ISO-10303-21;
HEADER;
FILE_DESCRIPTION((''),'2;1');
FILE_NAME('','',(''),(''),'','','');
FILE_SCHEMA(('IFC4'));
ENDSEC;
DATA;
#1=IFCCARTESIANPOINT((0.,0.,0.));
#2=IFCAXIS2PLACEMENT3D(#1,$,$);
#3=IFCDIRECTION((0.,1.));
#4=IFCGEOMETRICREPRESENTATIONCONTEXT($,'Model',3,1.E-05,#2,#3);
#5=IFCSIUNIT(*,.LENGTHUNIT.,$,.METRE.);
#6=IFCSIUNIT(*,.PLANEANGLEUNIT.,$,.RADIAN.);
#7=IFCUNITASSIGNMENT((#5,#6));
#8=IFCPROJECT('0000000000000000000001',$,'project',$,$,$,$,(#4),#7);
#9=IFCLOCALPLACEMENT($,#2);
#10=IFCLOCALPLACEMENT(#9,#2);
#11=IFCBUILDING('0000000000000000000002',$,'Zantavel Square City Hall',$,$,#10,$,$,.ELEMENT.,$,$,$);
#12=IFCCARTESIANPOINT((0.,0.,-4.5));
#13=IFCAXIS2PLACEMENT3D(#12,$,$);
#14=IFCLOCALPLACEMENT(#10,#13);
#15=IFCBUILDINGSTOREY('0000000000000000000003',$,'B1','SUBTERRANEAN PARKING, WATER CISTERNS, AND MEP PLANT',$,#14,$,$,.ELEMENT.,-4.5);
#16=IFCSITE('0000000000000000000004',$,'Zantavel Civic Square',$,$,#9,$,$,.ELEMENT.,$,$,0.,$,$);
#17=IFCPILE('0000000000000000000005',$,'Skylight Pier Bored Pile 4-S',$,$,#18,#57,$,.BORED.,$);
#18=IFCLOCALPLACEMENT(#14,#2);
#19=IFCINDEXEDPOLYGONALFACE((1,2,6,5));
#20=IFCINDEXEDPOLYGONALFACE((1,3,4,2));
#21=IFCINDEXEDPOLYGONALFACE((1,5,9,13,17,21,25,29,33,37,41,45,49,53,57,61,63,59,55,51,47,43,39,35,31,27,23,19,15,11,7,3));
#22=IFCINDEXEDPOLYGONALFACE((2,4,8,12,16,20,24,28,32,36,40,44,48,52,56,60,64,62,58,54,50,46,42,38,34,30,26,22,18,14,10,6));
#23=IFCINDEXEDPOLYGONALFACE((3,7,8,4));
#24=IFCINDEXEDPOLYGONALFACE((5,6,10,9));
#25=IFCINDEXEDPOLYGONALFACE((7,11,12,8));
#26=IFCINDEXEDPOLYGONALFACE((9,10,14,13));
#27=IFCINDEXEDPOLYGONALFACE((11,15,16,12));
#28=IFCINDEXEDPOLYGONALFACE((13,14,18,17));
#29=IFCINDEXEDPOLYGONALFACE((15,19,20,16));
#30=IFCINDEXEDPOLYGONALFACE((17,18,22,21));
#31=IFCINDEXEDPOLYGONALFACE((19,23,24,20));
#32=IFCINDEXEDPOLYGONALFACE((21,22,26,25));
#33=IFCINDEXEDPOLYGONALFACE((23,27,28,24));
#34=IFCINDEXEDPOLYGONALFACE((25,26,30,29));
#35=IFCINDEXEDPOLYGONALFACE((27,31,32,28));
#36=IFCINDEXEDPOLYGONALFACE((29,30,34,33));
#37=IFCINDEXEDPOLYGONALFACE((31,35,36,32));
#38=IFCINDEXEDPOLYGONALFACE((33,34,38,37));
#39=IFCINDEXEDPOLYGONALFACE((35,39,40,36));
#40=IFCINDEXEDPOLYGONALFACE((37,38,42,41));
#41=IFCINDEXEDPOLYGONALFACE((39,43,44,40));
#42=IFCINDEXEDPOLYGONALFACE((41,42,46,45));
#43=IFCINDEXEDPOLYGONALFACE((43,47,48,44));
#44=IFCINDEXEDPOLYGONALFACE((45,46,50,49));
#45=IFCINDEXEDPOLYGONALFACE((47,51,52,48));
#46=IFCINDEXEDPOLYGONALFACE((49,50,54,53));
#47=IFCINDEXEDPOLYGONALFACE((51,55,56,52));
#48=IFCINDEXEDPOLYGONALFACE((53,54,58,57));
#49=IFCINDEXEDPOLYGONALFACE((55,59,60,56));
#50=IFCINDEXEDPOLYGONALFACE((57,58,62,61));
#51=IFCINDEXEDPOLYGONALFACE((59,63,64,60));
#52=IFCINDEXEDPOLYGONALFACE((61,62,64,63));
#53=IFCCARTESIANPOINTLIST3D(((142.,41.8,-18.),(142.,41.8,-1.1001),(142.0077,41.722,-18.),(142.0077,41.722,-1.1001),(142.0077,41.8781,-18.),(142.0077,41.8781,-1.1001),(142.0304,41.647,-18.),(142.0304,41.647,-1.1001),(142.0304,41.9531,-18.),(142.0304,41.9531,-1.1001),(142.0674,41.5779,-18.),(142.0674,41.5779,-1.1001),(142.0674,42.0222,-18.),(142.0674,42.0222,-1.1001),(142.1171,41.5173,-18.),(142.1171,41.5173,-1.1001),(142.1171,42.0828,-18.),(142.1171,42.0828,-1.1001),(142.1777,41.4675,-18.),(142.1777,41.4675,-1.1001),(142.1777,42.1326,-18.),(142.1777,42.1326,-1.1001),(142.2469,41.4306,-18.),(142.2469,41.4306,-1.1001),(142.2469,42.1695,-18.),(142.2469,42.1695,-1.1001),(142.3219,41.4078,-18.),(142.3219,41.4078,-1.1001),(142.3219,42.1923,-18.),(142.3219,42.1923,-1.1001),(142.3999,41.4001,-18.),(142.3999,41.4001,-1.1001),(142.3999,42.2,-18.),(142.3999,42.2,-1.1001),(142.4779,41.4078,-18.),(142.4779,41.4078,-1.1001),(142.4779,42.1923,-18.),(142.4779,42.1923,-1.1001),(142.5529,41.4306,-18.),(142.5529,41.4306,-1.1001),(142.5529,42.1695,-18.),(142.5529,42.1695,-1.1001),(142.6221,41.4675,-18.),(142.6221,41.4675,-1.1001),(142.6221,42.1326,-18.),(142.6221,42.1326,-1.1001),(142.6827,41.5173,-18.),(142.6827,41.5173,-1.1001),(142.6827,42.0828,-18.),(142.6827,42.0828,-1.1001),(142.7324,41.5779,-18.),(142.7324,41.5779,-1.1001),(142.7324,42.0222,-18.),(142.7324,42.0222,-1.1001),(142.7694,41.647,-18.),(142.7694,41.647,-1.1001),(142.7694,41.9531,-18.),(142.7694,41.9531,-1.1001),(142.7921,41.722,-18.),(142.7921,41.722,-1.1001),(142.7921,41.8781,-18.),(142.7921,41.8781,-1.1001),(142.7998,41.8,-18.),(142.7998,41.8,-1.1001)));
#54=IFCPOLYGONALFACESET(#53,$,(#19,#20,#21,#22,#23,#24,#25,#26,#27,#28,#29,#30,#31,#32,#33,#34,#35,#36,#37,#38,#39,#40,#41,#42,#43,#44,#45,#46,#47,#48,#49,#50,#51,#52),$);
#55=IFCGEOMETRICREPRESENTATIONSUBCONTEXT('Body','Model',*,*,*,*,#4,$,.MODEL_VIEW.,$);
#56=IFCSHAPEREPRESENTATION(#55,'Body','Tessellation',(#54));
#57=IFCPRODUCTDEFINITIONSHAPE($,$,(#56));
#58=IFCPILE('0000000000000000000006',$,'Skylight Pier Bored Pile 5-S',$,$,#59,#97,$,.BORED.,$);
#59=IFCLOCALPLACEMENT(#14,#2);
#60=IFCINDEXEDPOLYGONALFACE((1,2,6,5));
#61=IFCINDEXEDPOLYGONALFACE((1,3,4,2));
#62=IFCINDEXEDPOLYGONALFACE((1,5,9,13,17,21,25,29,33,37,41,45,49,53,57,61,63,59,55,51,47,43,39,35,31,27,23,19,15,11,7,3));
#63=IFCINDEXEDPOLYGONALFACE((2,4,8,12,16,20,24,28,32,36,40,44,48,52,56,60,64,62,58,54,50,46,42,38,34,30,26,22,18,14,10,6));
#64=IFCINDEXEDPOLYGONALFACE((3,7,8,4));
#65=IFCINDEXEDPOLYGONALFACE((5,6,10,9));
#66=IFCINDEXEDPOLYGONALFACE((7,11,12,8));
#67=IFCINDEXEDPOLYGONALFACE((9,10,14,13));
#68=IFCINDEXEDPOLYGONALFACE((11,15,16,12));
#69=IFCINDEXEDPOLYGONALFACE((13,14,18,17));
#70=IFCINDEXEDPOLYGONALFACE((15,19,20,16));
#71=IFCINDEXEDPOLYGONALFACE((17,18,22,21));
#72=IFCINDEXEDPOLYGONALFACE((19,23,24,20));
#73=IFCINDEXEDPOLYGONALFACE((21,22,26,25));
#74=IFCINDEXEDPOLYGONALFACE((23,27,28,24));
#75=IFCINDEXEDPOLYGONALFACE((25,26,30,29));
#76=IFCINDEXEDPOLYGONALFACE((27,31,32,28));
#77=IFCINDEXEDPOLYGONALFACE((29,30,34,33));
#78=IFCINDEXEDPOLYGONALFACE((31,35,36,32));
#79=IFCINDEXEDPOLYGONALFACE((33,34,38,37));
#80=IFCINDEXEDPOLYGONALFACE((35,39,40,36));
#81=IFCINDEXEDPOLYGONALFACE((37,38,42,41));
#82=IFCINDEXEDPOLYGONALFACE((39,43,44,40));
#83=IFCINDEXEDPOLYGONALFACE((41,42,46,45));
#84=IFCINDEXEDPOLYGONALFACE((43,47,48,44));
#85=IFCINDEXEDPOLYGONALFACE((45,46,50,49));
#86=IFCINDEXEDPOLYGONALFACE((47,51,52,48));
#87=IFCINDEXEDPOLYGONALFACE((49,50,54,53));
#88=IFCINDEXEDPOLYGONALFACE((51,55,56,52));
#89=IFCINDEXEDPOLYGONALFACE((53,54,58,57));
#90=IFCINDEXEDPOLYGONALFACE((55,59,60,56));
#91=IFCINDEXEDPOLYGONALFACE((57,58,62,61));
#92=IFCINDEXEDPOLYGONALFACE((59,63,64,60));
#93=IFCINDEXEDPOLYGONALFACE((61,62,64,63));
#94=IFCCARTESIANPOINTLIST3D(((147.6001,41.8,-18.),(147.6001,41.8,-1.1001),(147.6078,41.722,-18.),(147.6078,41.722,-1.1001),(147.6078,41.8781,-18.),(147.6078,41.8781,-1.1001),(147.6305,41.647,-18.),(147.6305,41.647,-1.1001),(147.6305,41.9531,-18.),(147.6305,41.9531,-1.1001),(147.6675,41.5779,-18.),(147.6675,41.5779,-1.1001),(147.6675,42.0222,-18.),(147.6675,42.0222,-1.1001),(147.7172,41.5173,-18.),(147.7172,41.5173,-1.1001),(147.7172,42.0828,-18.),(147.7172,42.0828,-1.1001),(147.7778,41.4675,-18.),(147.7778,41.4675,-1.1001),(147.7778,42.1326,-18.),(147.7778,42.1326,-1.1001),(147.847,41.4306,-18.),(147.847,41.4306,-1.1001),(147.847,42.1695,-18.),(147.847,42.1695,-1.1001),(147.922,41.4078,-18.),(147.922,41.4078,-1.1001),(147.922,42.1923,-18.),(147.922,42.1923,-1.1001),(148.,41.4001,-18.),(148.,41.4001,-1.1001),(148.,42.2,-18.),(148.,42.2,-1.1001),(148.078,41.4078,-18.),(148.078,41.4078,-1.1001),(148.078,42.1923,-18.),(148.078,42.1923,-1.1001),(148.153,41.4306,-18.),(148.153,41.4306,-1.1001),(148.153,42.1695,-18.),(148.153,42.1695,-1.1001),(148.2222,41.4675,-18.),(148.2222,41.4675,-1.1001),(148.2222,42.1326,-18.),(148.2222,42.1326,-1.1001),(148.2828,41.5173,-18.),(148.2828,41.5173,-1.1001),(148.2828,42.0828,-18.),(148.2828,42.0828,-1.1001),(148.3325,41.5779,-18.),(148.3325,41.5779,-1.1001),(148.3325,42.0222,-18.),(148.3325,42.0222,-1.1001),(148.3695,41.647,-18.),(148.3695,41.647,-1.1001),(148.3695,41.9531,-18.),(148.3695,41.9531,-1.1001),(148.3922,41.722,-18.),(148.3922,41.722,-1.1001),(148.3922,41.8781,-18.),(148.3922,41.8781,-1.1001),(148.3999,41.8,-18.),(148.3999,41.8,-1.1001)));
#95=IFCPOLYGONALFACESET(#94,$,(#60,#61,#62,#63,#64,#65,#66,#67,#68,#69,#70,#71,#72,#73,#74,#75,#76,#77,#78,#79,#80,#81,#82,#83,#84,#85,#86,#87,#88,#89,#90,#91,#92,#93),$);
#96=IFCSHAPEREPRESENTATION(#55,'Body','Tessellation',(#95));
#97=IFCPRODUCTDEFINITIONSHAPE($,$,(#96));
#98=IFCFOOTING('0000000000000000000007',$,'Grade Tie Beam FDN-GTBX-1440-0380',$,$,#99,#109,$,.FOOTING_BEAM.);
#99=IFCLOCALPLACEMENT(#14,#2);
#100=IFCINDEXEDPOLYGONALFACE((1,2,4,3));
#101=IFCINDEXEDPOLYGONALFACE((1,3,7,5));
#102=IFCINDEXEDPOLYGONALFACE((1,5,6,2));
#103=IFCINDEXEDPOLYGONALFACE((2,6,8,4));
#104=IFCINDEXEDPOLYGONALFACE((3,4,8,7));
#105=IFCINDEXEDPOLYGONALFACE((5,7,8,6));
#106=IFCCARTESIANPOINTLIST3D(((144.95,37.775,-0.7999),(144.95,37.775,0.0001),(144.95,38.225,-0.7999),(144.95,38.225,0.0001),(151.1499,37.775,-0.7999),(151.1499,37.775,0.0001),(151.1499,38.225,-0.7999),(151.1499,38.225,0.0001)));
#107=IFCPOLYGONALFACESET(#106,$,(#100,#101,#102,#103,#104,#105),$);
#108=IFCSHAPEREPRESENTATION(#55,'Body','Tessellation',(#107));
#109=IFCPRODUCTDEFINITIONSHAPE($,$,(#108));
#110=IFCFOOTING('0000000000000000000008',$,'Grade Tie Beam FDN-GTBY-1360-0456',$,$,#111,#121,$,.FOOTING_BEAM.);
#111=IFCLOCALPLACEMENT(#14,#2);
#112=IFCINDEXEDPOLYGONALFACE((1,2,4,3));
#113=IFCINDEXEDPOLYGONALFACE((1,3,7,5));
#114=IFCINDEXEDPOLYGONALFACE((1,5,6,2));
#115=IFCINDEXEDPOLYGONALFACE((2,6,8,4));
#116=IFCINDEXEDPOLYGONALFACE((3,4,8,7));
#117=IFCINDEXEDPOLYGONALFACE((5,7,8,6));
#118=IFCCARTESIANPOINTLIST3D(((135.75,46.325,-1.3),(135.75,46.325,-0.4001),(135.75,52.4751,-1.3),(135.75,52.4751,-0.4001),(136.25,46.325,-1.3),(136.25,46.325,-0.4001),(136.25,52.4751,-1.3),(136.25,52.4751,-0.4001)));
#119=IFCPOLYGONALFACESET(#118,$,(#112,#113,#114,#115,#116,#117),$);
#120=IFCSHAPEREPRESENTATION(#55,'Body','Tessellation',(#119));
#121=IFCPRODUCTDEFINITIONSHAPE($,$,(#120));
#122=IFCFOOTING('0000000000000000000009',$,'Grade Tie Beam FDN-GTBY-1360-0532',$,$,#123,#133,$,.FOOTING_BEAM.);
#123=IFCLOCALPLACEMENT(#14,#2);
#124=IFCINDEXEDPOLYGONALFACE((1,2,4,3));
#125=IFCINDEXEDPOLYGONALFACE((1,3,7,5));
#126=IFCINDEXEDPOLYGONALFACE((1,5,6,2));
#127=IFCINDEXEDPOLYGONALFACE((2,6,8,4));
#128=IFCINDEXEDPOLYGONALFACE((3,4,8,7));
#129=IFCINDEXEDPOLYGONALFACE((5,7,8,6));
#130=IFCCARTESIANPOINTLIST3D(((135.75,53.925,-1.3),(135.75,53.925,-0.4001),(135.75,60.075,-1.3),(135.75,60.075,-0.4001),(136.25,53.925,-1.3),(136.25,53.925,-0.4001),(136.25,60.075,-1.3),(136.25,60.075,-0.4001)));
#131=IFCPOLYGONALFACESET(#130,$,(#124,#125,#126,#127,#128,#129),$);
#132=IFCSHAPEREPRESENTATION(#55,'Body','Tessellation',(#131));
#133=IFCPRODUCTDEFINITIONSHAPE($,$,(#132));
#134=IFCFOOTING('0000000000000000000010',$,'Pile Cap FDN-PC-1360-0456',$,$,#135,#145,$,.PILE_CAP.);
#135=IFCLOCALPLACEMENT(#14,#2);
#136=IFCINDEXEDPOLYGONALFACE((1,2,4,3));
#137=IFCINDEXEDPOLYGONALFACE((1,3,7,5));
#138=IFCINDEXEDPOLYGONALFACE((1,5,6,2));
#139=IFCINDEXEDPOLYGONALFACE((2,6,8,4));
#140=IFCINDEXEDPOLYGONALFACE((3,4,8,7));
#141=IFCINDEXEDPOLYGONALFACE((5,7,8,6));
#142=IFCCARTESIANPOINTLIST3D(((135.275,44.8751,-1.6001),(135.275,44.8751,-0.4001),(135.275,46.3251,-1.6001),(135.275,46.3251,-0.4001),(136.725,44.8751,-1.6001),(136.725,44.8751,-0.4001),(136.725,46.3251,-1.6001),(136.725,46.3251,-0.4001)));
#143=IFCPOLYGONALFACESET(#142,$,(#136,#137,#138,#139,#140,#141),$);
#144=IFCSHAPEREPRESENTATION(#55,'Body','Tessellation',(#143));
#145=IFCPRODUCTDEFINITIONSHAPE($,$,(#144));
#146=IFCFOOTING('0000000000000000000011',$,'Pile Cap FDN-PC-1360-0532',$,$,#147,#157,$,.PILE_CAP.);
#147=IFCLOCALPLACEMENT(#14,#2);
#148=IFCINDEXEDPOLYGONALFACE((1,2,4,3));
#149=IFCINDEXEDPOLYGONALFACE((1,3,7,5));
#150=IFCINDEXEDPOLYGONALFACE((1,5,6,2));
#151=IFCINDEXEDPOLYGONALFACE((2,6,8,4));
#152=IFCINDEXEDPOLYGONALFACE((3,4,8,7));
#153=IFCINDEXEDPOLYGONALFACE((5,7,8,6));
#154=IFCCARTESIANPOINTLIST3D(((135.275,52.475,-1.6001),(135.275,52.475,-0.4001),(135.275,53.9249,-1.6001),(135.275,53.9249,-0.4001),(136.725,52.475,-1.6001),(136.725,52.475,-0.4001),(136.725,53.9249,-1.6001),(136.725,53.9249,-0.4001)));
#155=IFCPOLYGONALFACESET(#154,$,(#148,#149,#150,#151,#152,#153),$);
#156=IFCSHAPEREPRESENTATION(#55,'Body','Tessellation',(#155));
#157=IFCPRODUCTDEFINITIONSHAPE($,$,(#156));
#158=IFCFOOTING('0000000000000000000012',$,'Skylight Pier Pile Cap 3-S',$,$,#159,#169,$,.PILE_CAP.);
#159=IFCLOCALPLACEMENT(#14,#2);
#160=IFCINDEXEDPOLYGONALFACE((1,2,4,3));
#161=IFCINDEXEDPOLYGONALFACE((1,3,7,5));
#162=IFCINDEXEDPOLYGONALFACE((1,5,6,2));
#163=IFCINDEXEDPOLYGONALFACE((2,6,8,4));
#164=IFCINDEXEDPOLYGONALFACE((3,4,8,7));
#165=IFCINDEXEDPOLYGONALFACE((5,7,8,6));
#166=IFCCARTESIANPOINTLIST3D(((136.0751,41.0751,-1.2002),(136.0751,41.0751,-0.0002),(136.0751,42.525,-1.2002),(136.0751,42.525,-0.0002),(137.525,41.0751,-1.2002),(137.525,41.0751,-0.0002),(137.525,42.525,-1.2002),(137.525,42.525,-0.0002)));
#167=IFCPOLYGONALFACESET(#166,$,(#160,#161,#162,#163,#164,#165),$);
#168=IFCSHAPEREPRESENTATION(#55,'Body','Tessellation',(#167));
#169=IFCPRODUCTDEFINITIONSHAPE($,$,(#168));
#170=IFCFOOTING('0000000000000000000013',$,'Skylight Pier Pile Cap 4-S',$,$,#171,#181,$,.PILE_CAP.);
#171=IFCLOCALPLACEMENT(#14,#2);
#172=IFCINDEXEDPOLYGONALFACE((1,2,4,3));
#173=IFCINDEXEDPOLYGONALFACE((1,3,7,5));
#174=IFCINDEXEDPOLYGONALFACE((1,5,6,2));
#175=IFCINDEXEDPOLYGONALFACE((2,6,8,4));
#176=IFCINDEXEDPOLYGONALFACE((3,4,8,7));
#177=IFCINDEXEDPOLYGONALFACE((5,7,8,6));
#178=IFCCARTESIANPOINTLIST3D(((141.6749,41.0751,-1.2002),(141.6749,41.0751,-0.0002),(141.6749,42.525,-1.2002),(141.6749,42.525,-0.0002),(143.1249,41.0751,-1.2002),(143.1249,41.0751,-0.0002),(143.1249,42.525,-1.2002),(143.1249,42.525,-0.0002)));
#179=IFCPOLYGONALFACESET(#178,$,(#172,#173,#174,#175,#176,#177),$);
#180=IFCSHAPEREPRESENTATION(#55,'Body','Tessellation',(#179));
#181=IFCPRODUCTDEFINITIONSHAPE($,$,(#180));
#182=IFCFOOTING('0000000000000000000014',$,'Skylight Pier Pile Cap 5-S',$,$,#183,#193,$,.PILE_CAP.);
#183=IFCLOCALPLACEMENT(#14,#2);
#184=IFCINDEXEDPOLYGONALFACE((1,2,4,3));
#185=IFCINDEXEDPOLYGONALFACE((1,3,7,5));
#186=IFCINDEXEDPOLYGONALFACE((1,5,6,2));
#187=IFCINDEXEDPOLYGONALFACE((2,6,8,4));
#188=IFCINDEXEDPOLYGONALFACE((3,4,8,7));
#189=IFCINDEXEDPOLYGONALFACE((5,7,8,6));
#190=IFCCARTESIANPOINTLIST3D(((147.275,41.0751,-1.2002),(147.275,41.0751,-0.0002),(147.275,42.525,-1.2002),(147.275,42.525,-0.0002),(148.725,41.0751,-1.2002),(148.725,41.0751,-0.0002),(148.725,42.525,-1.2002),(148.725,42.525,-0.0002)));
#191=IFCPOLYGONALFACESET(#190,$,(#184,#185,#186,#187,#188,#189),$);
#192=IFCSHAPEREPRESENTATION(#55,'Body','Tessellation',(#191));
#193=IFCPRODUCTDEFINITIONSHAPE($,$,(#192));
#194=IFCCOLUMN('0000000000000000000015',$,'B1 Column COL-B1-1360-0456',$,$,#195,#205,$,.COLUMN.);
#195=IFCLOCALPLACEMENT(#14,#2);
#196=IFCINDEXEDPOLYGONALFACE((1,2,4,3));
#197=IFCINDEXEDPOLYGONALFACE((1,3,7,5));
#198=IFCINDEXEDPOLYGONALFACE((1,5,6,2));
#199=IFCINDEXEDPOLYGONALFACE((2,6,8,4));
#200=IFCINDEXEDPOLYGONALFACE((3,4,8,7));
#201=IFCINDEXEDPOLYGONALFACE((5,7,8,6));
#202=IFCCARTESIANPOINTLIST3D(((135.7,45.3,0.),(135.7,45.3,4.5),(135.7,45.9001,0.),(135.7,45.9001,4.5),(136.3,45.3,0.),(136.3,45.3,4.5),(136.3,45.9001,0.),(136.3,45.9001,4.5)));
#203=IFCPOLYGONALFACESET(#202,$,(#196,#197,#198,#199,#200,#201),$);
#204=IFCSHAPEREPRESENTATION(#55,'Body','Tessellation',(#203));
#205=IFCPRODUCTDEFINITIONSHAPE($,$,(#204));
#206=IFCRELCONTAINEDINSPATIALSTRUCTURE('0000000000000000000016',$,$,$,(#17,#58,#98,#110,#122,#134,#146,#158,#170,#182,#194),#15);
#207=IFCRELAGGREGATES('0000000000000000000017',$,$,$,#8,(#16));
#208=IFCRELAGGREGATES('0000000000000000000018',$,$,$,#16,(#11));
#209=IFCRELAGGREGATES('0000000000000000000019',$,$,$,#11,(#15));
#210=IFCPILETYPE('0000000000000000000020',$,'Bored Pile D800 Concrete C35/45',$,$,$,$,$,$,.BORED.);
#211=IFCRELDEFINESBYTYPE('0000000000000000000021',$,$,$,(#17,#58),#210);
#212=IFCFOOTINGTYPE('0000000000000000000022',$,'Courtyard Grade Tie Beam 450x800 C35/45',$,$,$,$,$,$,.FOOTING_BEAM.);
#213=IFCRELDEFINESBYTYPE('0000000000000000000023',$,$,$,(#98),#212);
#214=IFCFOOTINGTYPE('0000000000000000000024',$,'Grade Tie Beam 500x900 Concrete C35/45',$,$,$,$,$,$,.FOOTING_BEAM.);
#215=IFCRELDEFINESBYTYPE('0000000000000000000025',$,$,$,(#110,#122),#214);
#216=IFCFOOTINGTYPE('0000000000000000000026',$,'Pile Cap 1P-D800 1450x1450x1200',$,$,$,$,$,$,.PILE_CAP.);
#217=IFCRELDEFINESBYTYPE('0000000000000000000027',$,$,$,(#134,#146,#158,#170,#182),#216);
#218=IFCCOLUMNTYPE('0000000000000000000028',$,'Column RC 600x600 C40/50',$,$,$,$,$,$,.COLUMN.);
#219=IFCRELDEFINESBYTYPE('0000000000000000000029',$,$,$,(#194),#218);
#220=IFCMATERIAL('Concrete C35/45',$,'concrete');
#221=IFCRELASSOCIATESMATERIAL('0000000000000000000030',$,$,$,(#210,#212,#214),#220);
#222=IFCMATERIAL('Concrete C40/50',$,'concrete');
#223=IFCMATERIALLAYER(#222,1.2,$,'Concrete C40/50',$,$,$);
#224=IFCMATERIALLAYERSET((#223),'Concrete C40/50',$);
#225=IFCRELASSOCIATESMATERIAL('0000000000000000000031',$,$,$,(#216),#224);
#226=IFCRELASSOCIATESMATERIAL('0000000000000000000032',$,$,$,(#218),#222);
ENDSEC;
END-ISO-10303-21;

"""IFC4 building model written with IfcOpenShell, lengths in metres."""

from ifc_helpers import new_model, si_unit, direction, frame, origin, origin_2d, place, context, subcontext, project, spatial, rectangle, circle, extrude, material, layer, layer_set, material_profile, profile_set, type_object, element, save


model = new_model("IFC4")

# Units and contexts
model_context = context("Model", 3, precision=1e-05, world=origin(), true_north=direction((0.0, 1.0)))
body_context = subcontext(model_context, "Body", "Model", "MODEL_VIEW")
ifc_project = project(units=[si_unit("LENGTHUNIT", "METRE"), si_unit("PLANEANGLEUNIT", "RADIAN")], contexts=[model_context])

# Site, building, storey
site_placement = place(None, origin())
site = spatial("IfcSite", under=ifc_project, at=site_placement, Name="Zantavel Civic Square", CompositionType="ELEMENT", RefElevation=0.0)
building_placement = place(site_placement, origin())
building = spatial("IfcBuilding", under=site, at=building_placement, Name="Zantavel Square City Hall", CompositionType="ELEMENT")
storey_placement = place(building_placement, frame((0.0, 0.0, -4.5)))
storey = spatial("IfcBuildingStorey", under=building, at=storey_placement, Name="B1", Description="SUBTERRANEAN PARKING, WATER CISTERNS, AND MEP PLANT", CompositionType="ELEMENT", Elevation=-4.5)

# Piles
ifc_material_1 = material(Name="Concrete C35/45", Category="concrete")
ifc_material_profile_1 = material_profile(ifc_material_1, circle(Radius=0.3999, at=origin_2d()), Name="PILE D800")
ifc_profile_set_1 = profile_set([ifc_material_profile_1], Name="Concrete C35/45")
pile_type = type_object("IfcPileType", Name="Bored Pile D800 Concrete C35/45", PredefinedType="BORED", material=ifc_profile_set_1)
for number, where, z_axis, x_axis, name in (
    (1, (142.3999, 41.8, -1.1001), (0.0, 0.0, -1.0), (1.0, 0.0, 0.0), "Skylight Pier Bored Pile 4-S"),
    (2, (148.0, 41.8, -1.1001), (0.0, 0.0, -1.0), (1.0, 0.0, 0.0), "Skylight Pier Bored Pile 5-S"),
):
    element("IfcPile", number, at=place(storey_placement, frame(where, z_axis=z_axis, x_axis=x_axis)), inside=storey, type_object=pile_type, Name=name, PredefinedType="BORED", context=body_context, shape_type="SweptSolid", body=[
        extrude(circle(Radius=0.3999, at=origin_2d()), origin(), (0.0, 0.0, 1.0), 16.8999),
    ])

# Footings
ifc_material_profile_2 = material_profile(ifc_material_1, rectangle(XDim=0.45, YDim=0.8, at=origin_2d()), Name="RC 450x800")
ifc_profile_set_2 = profile_set([ifc_material_profile_2], Name="Concrete C35/45")
footing_type_1 = type_object("IfcFootingType", Name="Courtyard Grade Tie Beam 450x800 C35/45", PredefinedType="FOOTING_BEAM", material=ifc_profile_set_2)
footing_1_placement = place(storey_placement, frame((144.95, 38.0, -0.3999), z_axis=(1.0, 0.0, 0.0), x_axis=(0.0, 1.0, 0.0)))
element("IfcFooting", 3, at=footing_1_placement, inside=storey, type_object=footing_type_1, Name="Grade Tie Beam FDN-GTBX-1440-0380", PredefinedType="FOOTING_BEAM", context=body_context, shape_type="SweptSolid", body=[
    extrude(rectangle(XDim=0.45, YDim=0.8, at=origin_2d()), origin(), (0.0, 0.0, 1.0), 6.2),
])
ifc_material_profile_3 = material_profile(ifc_material_1, rectangle(XDim=0.5, YDim=0.8999, at=origin_2d()), Name="RC 500x900")
ifc_profile_set_3 = profile_set([ifc_material_profile_3], Name="Concrete C35/45")
footing_type_2 = type_object("IfcFootingType", Name="Grade Tie Beam 500x900 Concrete C35/45", PredefinedType="FOOTING_BEAM", material=ifc_profile_set_3)
footing_2_placement = place(storey_placement, frame((136.0, 46.325, -0.8501), z_axis=(0.0, 1.0, 0.0), x_axis=(-1.0, 0.0, 0.0)))
element("IfcFooting", 4, at=footing_2_placement, inside=storey, type_object=footing_type_2, Name="Grade Tie Beam FDN-GTBY-1360-0456", PredefinedType="FOOTING_BEAM", context=body_context, shape_type="SweptSolid", body=[
    extrude(rectangle(XDim=0.5, YDim=0.8999, at=origin_2d()), origin(), (0.0, 0.0, 1.0), 6.1501),
])
footing_3_placement = place(storey_placement, frame((136.0, 53.925, -0.8501), z_axis=(0.0, 1.0, 0.0), x_axis=(-1.0, 0.0, 0.0)))
element("IfcFooting", 5, at=footing_3_placement, inside=storey, type_object=footing_type_2, Name="Grade Tie Beam FDN-GTBY-1360-0532", PredefinedType="FOOTING_BEAM", context=body_context, shape_type="SweptSolid", body=[
    extrude(rectangle(XDim=0.5, YDim=0.8999, at=origin_2d()), origin(), (0.0, 0.0, 1.0), 6.1499),
])
ifc_material_2 = material(Name="Concrete C40/50", Category="concrete")
ifc_layer_1 = layer(ifc_material_2, 1.2, Name="Concrete C40/50")
ifc_layer_set_1 = layer_set([ifc_layer_1], Name="Concrete C40/50")
footing_type_3 = type_object("IfcFootingType", Name="Pile Cap 1P-D800 1450x1450x1200", PredefinedType="PILE_CAP", material=ifc_layer_set_1)
for number, where, z_axis, x_axis, name in (
    (6, (136.0, 45.6001, -1.6001), (0.0, 0.0, 1.0), (1.0, 0.0, 0.0), "Pile Cap FDN-PC-1360-0456"),
    (7, (136.0, 53.2, -1.6001), (0.0, 0.0, 1.0), (1.0, 0.0, 0.0), "Pile Cap FDN-PC-1360-0532"),
    (8, (136.8, 41.8, -1.2002), (0.0, 0.0, 1.0), (1.0, 0.0, 0.0), "Skylight Pier Pile Cap 3-S"),
    (9, (142.3999, 41.8, -1.2002), (0.0, 0.0, 1.0), (1.0, 0.0, 0.0), "Skylight Pier Pile Cap 4-S"),
    (10, (148.0, 41.8, -1.2002), (0.0, 0.0, 1.0), (1.0, 0.0, 0.0), "Skylight Pier Pile Cap 5-S"),
):
    element("IfcFooting", number, at=place(storey_placement, frame(where, z_axis=z_axis, x_axis=x_axis)), inside=storey, type_object=footing_type_3, Name=name, PredefinedType="PILE_CAP", context=body_context, shape_type="SweptSolid", body=[
        extrude(rectangle(XDim=1.45, YDim=1.45, at=origin_2d()), origin(), (0.0, 0.0, 1.0), 1.2),
    ])

# Column
ifc_material_profile_4 = material_profile(ifc_material_2, rectangle(XDim=0.6001, YDim=0.6001, at=origin_2d()), Name="RC 600x600")
ifc_profile_set_4 = profile_set([ifc_material_profile_4], Name="Concrete C40/50")
column_type_1 = type_object("IfcColumnType", Name="Column RC 600x600 C40/50", PredefinedType="COLUMN", material=ifc_profile_set_4)
for number, where, z_axis, x_axis, name in (
    (11, (136.0, 45.6001, 0.0), (0.0, 0.0, 1.0), (1.0, 0.0, 0.0), "B1 Column COL-B1-1360-0456"),
):
    element("IfcColumn", number, at=place(storey_placement, frame(where, z_axis=z_axis, x_axis=x_axis)), inside=storey, type_object=column_type_1, Name=name, PredefinedType="COLUMN", context=body_context, shape_type="SweptSolid", body=[
        extrude(rectangle(XDim=0.6001, YDim=0.6001, at=origin_2d()), origin(), (0.0, 0.0, 1.0), 4.5),
    ])

save(model, "model.ifc")
